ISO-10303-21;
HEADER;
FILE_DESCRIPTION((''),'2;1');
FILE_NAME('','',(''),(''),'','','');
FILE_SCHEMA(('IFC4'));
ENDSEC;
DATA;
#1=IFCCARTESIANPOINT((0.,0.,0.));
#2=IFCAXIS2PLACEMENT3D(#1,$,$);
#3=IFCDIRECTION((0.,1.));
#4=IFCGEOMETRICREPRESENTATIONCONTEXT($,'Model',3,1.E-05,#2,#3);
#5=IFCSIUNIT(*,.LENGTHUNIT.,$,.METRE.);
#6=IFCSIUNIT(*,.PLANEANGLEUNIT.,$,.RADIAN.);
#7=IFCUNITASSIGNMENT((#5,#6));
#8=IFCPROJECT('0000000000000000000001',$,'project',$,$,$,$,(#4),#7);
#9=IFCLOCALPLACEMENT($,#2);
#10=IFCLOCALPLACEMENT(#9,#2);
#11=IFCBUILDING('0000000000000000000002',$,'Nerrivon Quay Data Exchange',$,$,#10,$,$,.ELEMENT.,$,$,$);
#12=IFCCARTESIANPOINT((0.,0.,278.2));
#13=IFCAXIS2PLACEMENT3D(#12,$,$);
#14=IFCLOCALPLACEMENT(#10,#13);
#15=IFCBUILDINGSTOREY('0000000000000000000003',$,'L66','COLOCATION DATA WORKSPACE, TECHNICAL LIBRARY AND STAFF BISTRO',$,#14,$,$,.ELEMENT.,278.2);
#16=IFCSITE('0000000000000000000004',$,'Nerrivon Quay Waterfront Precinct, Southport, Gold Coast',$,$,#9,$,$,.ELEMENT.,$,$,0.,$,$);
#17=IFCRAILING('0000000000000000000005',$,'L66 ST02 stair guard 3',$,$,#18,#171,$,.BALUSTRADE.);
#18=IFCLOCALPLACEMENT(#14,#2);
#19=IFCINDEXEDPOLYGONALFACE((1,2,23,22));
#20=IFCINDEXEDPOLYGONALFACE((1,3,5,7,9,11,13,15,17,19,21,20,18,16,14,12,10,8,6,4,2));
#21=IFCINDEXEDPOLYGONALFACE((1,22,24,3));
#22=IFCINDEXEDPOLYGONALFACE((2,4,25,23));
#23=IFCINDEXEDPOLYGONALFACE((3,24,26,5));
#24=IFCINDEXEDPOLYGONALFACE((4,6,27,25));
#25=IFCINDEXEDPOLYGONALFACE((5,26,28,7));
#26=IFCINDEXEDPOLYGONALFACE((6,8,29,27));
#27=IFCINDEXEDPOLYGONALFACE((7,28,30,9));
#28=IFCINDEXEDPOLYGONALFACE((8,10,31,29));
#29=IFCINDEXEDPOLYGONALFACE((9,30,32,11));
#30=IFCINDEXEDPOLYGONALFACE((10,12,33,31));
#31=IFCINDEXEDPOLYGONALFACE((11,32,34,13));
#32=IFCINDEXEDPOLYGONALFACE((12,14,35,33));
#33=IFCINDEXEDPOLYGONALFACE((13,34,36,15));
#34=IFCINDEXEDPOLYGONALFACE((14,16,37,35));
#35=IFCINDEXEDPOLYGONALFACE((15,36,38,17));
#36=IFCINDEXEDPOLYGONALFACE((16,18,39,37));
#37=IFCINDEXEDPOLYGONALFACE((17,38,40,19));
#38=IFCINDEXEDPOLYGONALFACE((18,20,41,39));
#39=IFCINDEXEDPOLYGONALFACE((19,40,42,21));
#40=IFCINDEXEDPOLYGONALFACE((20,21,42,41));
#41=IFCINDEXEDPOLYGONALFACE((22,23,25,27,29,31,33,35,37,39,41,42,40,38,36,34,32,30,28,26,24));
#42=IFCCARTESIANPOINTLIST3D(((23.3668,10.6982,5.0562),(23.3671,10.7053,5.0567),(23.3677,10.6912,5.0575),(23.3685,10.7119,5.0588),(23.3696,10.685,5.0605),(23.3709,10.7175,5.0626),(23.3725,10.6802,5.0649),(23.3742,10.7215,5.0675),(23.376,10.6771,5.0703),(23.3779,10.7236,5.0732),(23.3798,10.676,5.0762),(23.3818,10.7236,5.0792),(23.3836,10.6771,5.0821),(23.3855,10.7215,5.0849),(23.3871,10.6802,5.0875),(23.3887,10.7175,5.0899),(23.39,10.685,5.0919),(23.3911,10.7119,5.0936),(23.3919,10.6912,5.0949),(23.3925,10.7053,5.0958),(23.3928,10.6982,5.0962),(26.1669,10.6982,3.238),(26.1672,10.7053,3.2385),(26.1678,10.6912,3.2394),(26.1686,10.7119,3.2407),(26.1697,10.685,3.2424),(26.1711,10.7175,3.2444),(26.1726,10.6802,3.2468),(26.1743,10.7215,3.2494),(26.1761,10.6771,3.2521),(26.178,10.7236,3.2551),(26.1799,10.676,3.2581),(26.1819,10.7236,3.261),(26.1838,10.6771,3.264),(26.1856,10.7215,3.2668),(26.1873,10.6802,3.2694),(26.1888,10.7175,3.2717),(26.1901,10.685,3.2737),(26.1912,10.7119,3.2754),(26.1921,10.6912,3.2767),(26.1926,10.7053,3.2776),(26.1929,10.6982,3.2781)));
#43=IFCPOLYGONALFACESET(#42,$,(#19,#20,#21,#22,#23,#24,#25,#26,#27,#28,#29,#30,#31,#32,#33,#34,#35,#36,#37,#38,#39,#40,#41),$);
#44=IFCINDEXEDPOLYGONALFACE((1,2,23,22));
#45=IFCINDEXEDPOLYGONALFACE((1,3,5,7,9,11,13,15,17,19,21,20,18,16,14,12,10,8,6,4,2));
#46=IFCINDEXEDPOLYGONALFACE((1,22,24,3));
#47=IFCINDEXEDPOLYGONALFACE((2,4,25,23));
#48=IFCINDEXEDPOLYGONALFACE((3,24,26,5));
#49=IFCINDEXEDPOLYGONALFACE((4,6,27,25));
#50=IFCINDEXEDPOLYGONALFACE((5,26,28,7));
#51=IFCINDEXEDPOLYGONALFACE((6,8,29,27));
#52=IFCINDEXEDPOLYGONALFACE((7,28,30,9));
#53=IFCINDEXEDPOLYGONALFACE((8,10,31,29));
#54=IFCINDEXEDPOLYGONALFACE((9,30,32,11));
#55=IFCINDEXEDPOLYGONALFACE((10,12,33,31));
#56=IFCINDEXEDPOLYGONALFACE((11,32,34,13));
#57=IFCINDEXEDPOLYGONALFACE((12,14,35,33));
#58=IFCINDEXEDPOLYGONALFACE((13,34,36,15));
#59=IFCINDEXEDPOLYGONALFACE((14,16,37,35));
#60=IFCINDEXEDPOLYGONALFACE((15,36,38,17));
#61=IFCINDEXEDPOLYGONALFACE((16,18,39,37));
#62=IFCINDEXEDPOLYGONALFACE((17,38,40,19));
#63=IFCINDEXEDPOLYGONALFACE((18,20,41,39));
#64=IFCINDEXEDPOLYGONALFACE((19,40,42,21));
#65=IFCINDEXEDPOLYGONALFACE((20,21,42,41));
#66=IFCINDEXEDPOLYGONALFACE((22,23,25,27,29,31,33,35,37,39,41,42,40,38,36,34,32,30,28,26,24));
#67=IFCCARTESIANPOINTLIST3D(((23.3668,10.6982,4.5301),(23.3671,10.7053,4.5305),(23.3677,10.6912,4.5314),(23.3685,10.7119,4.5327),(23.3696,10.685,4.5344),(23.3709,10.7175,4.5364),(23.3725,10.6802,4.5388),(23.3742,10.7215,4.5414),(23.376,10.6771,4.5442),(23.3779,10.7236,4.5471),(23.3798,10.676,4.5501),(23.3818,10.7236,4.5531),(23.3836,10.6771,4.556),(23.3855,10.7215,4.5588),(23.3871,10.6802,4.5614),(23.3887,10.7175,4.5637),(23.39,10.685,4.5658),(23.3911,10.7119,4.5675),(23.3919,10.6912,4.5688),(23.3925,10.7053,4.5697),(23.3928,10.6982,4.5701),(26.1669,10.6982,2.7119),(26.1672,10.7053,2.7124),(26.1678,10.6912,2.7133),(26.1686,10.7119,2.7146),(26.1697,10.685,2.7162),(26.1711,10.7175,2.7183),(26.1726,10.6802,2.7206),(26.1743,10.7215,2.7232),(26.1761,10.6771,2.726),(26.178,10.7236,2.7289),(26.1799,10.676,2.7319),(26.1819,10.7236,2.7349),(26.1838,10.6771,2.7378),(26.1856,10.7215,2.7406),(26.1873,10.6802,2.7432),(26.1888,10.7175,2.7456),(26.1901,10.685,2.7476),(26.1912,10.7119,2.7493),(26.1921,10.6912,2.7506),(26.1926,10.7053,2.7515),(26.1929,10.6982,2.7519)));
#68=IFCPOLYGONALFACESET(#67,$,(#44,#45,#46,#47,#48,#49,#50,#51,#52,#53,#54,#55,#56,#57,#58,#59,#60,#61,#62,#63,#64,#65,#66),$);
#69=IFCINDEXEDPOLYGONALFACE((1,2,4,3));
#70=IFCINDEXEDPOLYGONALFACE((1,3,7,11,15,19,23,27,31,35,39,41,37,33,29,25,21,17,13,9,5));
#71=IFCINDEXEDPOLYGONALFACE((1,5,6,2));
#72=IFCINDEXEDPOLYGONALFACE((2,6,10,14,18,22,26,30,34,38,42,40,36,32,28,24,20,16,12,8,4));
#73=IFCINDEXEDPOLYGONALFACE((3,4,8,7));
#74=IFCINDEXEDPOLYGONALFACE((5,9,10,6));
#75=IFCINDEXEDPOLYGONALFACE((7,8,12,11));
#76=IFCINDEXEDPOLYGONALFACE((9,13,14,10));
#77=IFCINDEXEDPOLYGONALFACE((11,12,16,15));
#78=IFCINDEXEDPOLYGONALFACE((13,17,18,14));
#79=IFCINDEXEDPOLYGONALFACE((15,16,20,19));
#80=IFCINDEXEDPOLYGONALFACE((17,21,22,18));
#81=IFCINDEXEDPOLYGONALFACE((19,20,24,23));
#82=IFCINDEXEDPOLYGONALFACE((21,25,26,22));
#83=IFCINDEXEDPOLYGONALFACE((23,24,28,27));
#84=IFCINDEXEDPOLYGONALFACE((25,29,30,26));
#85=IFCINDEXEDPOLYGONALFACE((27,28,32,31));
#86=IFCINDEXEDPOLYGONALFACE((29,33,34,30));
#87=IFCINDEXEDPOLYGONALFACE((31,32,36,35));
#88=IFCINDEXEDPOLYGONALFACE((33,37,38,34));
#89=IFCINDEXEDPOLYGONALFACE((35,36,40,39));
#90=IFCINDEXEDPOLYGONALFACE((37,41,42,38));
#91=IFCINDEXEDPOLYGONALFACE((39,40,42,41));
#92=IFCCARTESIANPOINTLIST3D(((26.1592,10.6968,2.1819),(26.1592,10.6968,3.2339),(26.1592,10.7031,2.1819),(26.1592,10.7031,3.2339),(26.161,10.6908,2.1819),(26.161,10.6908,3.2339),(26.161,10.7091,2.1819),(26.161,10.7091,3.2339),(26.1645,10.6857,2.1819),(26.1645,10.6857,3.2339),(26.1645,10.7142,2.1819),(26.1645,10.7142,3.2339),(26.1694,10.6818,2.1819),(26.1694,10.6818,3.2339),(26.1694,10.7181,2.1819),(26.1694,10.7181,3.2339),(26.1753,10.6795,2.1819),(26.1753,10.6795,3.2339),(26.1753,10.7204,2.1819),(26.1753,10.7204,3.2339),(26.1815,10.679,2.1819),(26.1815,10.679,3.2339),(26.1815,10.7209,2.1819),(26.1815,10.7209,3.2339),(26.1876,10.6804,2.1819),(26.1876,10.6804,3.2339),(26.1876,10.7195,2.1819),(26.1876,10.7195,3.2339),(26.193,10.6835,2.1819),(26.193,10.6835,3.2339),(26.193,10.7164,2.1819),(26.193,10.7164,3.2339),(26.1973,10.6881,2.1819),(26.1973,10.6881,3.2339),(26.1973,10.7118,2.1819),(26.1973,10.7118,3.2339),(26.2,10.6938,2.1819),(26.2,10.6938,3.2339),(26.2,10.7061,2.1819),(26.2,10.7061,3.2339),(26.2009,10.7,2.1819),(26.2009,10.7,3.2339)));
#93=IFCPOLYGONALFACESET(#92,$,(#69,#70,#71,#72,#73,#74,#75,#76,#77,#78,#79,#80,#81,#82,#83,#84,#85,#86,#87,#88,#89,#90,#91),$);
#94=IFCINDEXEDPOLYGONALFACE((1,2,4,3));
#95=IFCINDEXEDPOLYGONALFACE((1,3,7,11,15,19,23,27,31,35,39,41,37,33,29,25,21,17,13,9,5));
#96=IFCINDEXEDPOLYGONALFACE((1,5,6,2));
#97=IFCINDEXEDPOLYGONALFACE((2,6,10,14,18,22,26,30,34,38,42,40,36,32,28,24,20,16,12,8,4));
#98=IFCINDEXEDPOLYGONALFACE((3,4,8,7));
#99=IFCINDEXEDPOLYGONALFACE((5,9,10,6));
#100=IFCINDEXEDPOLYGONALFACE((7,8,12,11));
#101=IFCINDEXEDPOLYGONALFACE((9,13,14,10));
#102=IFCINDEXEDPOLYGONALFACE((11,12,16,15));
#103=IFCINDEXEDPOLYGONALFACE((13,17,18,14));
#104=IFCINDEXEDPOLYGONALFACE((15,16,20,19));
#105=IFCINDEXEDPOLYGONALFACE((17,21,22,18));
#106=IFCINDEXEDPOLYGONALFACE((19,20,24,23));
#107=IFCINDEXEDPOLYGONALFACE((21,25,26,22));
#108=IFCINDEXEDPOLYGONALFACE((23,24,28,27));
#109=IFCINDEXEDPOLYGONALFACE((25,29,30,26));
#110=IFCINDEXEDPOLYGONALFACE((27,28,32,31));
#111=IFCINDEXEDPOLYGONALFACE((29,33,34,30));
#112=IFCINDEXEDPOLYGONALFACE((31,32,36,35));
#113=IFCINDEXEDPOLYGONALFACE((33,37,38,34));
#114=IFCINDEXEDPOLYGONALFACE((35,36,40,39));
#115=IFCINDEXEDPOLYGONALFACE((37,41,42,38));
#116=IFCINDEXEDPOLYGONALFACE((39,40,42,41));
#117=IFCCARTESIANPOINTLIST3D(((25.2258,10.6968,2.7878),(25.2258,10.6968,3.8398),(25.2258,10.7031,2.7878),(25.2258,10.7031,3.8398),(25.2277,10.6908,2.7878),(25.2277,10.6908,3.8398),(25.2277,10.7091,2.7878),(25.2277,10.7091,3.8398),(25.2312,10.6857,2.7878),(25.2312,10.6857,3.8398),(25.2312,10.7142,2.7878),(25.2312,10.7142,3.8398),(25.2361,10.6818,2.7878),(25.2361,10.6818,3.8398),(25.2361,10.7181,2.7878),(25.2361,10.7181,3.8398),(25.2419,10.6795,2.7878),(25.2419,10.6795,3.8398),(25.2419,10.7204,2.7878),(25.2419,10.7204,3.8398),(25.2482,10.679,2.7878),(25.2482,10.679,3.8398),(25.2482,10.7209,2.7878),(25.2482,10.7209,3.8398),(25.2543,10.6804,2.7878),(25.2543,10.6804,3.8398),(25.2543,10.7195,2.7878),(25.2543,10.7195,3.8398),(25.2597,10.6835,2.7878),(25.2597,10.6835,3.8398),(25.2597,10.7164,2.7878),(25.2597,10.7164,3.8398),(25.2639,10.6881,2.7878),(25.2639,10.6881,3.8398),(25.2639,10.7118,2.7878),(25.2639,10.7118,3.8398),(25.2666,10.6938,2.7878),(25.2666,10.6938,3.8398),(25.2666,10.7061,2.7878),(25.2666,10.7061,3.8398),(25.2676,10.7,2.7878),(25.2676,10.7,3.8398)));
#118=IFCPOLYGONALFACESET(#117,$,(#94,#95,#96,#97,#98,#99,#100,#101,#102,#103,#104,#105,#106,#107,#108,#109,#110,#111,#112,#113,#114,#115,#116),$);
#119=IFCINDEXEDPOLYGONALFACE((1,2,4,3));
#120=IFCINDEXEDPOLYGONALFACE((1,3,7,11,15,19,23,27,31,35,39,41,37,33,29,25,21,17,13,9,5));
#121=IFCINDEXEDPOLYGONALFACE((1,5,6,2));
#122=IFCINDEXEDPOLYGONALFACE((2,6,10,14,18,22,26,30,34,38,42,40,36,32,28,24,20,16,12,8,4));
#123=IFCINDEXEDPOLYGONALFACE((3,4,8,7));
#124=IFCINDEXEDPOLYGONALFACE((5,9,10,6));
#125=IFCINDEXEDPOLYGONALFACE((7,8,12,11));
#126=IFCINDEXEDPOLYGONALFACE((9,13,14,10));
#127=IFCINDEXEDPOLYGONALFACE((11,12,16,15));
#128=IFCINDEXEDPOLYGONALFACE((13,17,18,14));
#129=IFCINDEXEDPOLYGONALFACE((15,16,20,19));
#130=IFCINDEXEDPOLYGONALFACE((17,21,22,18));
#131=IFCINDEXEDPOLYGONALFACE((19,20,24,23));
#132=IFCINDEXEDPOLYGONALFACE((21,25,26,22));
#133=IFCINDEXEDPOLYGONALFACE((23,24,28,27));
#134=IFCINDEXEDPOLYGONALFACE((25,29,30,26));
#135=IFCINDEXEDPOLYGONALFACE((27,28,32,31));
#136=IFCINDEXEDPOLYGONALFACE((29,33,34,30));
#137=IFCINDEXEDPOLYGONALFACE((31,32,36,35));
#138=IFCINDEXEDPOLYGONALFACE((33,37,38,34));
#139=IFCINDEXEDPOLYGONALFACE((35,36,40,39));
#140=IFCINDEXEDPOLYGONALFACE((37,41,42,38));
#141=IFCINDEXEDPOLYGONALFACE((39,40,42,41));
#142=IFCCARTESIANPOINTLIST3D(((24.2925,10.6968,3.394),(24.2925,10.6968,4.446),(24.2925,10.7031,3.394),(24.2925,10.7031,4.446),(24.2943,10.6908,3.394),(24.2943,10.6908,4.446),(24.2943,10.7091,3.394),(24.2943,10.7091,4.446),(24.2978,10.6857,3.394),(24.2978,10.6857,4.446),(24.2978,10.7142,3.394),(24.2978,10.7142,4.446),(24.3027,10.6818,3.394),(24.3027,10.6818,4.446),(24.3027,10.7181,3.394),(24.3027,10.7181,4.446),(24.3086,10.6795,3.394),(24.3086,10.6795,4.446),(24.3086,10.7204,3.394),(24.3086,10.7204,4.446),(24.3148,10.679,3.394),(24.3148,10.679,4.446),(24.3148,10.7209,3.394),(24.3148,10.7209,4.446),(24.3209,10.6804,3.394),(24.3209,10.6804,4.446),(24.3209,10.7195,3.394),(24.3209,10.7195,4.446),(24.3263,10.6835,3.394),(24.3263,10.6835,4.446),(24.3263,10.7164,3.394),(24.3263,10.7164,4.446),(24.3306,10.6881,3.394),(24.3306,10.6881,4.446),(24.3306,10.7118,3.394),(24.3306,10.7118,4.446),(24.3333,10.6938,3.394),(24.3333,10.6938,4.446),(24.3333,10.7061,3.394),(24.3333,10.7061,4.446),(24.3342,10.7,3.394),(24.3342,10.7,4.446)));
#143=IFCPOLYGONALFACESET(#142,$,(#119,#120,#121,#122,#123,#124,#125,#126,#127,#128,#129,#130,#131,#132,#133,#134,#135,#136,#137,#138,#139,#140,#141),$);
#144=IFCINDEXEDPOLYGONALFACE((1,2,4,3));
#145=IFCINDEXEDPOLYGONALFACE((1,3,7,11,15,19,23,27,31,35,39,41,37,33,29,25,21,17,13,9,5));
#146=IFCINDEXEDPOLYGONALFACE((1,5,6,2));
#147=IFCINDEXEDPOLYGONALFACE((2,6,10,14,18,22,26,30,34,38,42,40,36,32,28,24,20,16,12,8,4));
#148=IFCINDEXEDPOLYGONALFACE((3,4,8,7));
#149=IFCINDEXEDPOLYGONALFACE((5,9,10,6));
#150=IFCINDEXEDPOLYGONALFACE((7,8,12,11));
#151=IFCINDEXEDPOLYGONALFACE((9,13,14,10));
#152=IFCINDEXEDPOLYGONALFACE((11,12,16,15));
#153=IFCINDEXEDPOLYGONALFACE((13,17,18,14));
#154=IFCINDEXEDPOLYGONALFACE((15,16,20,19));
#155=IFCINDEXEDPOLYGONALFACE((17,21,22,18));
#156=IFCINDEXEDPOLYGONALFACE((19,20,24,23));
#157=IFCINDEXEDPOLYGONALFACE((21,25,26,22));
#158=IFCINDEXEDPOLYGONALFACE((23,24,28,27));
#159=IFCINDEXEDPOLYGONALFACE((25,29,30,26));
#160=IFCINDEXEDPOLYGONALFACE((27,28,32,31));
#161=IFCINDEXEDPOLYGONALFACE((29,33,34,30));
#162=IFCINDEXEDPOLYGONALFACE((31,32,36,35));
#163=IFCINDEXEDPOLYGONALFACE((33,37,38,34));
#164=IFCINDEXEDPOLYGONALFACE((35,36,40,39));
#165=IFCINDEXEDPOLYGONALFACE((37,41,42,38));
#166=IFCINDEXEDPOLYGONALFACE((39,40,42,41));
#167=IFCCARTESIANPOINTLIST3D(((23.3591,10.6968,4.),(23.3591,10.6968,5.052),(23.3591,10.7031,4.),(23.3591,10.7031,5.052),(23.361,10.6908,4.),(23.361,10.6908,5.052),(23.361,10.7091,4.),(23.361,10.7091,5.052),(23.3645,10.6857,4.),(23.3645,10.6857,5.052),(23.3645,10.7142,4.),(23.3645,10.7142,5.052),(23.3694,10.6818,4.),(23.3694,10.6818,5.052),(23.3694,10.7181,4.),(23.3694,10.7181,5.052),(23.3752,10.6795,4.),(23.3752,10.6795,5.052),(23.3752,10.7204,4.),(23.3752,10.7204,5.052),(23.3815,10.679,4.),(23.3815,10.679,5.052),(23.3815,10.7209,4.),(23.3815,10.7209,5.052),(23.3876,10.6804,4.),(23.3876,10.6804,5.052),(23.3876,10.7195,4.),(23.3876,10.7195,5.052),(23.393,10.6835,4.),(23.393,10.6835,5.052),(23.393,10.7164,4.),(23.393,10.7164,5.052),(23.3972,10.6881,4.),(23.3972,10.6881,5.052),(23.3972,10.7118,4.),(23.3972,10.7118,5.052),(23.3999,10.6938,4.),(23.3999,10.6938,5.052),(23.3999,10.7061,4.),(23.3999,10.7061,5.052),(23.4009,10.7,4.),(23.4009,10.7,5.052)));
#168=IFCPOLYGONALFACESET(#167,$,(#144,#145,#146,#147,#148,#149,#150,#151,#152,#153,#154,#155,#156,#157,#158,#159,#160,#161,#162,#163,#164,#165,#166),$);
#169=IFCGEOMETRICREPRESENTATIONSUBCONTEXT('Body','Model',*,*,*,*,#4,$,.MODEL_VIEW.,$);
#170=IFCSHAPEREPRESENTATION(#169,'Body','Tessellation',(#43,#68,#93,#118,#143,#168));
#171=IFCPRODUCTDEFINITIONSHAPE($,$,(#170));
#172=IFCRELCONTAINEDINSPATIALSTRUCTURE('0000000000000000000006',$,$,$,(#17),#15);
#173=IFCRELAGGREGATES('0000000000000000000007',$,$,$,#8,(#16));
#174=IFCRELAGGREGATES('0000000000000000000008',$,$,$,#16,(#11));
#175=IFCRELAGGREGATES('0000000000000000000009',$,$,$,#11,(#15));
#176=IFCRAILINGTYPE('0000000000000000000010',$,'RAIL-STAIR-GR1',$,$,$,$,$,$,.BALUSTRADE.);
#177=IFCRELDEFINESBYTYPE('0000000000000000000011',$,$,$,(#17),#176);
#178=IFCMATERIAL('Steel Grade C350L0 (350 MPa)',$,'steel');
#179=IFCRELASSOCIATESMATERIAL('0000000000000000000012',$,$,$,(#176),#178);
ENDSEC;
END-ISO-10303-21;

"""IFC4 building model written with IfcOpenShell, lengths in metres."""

from ifc_helpers import new_model, si_unit, direction, frame, origin, origin_2d, place, context, subcontext, project, spatial, circle, extrude, material, type_object, element, save


model = new_model("IFC4")

# Units and contexts
model_context = context("Model", 3, precision=1e-05, world=origin(), true_north=direction((0.0, 1.0)))
body_context = subcontext(model_context, "Body", "Model", "MODEL_VIEW")
ifc_project = project(units=[si_unit("LENGTHUNIT", "METRE"), si_unit("PLANEANGLEUNIT", "RADIAN")], contexts=[model_context])

# Site, building, storey
site_placement = place(None, origin())
site = spatial("IfcSite", under=ifc_project, at=site_placement, Name="Nerrivon Quay Waterfront Precinct, Southport, Gold Coast", CompositionType="ELEMENT", RefElevation=0.0)
building_placement = place(site_placement, origin())
building = spatial("IfcBuilding", under=site, at=building_placement, Name="Nerrivon Quay Data Exchange", CompositionType="ELEMENT")
storey_placement = place(building_placement, frame((0.0, 0.0, 278.2)))
storey = spatial("IfcBuildingStorey", under=building, at=storey_placement, Name="L66", Description="COLOCATION DATA WORKSPACE, TECHNICAL LIBRARY AND STAFF BISTRO", CompositionType="ELEMENT", Elevation=278.2)

# Railing
ifc_material_1 = material(Name="Steel Grade C350L0 (350 MPa)", Category="steel")
railing_type_1 = type_object("IfcRailingType", Name="RAIL-STAIR-GR1", PredefinedType="BALUSTRADE", material=ifc_material_1)
railing_1_placement = place(storey_placement, frame((26.1799, 10.7, 2.1819)))
element("IfcRailing", 1, at=railing_1_placement, inside=storey, type_object=railing_type_1, Name="L66 ST02 stair guard 3", PredefinedType="BALUSTRADE", context=body_context, shape_type="SweptSolid", body=[
    extrude(circle(Radius=0.0239, at=origin_2d()), frame((0.0, 0.0, 1.0762), z_axis=(-0.838706, 0.0, 0.544585), x_axis=(0.0, -1.0, 0.0)), (0.0, 0.0, 1.0), 3.3386),
    extrude(circle(Radius=0.0239, at=origin_2d()), frame((0.0, 0.0, 0.55), z_axis=(-0.838706, 0.0, 0.544585), x_axis=(0.0, -1.0, 0.0)), (0.0, 0.0, 1.0), 3.3386),
    extrude(circle(Radius=0.021, at=origin_2d()), origin(), (0.0, 0.0, 1.0), 1.052),
    extrude(circle(Radius=0.021, at=origin_2d()), frame((-0.9333, 0.0, 0.606)), (0.0, 0.0, 1.0), 1.052),
    extrude(circle(Radius=0.021, at=origin_2d()), frame((-1.8667, 0.0, 1.2122)), (0.0, 0.0, 1.0), 1.052),
    extrude(circle(Radius=0.021, at=origin_2d()), frame((-2.8, 0.0, 1.8181)), (0.0, 0.0, 1.0), 1.052),
])

save(model, "model.ifc")
